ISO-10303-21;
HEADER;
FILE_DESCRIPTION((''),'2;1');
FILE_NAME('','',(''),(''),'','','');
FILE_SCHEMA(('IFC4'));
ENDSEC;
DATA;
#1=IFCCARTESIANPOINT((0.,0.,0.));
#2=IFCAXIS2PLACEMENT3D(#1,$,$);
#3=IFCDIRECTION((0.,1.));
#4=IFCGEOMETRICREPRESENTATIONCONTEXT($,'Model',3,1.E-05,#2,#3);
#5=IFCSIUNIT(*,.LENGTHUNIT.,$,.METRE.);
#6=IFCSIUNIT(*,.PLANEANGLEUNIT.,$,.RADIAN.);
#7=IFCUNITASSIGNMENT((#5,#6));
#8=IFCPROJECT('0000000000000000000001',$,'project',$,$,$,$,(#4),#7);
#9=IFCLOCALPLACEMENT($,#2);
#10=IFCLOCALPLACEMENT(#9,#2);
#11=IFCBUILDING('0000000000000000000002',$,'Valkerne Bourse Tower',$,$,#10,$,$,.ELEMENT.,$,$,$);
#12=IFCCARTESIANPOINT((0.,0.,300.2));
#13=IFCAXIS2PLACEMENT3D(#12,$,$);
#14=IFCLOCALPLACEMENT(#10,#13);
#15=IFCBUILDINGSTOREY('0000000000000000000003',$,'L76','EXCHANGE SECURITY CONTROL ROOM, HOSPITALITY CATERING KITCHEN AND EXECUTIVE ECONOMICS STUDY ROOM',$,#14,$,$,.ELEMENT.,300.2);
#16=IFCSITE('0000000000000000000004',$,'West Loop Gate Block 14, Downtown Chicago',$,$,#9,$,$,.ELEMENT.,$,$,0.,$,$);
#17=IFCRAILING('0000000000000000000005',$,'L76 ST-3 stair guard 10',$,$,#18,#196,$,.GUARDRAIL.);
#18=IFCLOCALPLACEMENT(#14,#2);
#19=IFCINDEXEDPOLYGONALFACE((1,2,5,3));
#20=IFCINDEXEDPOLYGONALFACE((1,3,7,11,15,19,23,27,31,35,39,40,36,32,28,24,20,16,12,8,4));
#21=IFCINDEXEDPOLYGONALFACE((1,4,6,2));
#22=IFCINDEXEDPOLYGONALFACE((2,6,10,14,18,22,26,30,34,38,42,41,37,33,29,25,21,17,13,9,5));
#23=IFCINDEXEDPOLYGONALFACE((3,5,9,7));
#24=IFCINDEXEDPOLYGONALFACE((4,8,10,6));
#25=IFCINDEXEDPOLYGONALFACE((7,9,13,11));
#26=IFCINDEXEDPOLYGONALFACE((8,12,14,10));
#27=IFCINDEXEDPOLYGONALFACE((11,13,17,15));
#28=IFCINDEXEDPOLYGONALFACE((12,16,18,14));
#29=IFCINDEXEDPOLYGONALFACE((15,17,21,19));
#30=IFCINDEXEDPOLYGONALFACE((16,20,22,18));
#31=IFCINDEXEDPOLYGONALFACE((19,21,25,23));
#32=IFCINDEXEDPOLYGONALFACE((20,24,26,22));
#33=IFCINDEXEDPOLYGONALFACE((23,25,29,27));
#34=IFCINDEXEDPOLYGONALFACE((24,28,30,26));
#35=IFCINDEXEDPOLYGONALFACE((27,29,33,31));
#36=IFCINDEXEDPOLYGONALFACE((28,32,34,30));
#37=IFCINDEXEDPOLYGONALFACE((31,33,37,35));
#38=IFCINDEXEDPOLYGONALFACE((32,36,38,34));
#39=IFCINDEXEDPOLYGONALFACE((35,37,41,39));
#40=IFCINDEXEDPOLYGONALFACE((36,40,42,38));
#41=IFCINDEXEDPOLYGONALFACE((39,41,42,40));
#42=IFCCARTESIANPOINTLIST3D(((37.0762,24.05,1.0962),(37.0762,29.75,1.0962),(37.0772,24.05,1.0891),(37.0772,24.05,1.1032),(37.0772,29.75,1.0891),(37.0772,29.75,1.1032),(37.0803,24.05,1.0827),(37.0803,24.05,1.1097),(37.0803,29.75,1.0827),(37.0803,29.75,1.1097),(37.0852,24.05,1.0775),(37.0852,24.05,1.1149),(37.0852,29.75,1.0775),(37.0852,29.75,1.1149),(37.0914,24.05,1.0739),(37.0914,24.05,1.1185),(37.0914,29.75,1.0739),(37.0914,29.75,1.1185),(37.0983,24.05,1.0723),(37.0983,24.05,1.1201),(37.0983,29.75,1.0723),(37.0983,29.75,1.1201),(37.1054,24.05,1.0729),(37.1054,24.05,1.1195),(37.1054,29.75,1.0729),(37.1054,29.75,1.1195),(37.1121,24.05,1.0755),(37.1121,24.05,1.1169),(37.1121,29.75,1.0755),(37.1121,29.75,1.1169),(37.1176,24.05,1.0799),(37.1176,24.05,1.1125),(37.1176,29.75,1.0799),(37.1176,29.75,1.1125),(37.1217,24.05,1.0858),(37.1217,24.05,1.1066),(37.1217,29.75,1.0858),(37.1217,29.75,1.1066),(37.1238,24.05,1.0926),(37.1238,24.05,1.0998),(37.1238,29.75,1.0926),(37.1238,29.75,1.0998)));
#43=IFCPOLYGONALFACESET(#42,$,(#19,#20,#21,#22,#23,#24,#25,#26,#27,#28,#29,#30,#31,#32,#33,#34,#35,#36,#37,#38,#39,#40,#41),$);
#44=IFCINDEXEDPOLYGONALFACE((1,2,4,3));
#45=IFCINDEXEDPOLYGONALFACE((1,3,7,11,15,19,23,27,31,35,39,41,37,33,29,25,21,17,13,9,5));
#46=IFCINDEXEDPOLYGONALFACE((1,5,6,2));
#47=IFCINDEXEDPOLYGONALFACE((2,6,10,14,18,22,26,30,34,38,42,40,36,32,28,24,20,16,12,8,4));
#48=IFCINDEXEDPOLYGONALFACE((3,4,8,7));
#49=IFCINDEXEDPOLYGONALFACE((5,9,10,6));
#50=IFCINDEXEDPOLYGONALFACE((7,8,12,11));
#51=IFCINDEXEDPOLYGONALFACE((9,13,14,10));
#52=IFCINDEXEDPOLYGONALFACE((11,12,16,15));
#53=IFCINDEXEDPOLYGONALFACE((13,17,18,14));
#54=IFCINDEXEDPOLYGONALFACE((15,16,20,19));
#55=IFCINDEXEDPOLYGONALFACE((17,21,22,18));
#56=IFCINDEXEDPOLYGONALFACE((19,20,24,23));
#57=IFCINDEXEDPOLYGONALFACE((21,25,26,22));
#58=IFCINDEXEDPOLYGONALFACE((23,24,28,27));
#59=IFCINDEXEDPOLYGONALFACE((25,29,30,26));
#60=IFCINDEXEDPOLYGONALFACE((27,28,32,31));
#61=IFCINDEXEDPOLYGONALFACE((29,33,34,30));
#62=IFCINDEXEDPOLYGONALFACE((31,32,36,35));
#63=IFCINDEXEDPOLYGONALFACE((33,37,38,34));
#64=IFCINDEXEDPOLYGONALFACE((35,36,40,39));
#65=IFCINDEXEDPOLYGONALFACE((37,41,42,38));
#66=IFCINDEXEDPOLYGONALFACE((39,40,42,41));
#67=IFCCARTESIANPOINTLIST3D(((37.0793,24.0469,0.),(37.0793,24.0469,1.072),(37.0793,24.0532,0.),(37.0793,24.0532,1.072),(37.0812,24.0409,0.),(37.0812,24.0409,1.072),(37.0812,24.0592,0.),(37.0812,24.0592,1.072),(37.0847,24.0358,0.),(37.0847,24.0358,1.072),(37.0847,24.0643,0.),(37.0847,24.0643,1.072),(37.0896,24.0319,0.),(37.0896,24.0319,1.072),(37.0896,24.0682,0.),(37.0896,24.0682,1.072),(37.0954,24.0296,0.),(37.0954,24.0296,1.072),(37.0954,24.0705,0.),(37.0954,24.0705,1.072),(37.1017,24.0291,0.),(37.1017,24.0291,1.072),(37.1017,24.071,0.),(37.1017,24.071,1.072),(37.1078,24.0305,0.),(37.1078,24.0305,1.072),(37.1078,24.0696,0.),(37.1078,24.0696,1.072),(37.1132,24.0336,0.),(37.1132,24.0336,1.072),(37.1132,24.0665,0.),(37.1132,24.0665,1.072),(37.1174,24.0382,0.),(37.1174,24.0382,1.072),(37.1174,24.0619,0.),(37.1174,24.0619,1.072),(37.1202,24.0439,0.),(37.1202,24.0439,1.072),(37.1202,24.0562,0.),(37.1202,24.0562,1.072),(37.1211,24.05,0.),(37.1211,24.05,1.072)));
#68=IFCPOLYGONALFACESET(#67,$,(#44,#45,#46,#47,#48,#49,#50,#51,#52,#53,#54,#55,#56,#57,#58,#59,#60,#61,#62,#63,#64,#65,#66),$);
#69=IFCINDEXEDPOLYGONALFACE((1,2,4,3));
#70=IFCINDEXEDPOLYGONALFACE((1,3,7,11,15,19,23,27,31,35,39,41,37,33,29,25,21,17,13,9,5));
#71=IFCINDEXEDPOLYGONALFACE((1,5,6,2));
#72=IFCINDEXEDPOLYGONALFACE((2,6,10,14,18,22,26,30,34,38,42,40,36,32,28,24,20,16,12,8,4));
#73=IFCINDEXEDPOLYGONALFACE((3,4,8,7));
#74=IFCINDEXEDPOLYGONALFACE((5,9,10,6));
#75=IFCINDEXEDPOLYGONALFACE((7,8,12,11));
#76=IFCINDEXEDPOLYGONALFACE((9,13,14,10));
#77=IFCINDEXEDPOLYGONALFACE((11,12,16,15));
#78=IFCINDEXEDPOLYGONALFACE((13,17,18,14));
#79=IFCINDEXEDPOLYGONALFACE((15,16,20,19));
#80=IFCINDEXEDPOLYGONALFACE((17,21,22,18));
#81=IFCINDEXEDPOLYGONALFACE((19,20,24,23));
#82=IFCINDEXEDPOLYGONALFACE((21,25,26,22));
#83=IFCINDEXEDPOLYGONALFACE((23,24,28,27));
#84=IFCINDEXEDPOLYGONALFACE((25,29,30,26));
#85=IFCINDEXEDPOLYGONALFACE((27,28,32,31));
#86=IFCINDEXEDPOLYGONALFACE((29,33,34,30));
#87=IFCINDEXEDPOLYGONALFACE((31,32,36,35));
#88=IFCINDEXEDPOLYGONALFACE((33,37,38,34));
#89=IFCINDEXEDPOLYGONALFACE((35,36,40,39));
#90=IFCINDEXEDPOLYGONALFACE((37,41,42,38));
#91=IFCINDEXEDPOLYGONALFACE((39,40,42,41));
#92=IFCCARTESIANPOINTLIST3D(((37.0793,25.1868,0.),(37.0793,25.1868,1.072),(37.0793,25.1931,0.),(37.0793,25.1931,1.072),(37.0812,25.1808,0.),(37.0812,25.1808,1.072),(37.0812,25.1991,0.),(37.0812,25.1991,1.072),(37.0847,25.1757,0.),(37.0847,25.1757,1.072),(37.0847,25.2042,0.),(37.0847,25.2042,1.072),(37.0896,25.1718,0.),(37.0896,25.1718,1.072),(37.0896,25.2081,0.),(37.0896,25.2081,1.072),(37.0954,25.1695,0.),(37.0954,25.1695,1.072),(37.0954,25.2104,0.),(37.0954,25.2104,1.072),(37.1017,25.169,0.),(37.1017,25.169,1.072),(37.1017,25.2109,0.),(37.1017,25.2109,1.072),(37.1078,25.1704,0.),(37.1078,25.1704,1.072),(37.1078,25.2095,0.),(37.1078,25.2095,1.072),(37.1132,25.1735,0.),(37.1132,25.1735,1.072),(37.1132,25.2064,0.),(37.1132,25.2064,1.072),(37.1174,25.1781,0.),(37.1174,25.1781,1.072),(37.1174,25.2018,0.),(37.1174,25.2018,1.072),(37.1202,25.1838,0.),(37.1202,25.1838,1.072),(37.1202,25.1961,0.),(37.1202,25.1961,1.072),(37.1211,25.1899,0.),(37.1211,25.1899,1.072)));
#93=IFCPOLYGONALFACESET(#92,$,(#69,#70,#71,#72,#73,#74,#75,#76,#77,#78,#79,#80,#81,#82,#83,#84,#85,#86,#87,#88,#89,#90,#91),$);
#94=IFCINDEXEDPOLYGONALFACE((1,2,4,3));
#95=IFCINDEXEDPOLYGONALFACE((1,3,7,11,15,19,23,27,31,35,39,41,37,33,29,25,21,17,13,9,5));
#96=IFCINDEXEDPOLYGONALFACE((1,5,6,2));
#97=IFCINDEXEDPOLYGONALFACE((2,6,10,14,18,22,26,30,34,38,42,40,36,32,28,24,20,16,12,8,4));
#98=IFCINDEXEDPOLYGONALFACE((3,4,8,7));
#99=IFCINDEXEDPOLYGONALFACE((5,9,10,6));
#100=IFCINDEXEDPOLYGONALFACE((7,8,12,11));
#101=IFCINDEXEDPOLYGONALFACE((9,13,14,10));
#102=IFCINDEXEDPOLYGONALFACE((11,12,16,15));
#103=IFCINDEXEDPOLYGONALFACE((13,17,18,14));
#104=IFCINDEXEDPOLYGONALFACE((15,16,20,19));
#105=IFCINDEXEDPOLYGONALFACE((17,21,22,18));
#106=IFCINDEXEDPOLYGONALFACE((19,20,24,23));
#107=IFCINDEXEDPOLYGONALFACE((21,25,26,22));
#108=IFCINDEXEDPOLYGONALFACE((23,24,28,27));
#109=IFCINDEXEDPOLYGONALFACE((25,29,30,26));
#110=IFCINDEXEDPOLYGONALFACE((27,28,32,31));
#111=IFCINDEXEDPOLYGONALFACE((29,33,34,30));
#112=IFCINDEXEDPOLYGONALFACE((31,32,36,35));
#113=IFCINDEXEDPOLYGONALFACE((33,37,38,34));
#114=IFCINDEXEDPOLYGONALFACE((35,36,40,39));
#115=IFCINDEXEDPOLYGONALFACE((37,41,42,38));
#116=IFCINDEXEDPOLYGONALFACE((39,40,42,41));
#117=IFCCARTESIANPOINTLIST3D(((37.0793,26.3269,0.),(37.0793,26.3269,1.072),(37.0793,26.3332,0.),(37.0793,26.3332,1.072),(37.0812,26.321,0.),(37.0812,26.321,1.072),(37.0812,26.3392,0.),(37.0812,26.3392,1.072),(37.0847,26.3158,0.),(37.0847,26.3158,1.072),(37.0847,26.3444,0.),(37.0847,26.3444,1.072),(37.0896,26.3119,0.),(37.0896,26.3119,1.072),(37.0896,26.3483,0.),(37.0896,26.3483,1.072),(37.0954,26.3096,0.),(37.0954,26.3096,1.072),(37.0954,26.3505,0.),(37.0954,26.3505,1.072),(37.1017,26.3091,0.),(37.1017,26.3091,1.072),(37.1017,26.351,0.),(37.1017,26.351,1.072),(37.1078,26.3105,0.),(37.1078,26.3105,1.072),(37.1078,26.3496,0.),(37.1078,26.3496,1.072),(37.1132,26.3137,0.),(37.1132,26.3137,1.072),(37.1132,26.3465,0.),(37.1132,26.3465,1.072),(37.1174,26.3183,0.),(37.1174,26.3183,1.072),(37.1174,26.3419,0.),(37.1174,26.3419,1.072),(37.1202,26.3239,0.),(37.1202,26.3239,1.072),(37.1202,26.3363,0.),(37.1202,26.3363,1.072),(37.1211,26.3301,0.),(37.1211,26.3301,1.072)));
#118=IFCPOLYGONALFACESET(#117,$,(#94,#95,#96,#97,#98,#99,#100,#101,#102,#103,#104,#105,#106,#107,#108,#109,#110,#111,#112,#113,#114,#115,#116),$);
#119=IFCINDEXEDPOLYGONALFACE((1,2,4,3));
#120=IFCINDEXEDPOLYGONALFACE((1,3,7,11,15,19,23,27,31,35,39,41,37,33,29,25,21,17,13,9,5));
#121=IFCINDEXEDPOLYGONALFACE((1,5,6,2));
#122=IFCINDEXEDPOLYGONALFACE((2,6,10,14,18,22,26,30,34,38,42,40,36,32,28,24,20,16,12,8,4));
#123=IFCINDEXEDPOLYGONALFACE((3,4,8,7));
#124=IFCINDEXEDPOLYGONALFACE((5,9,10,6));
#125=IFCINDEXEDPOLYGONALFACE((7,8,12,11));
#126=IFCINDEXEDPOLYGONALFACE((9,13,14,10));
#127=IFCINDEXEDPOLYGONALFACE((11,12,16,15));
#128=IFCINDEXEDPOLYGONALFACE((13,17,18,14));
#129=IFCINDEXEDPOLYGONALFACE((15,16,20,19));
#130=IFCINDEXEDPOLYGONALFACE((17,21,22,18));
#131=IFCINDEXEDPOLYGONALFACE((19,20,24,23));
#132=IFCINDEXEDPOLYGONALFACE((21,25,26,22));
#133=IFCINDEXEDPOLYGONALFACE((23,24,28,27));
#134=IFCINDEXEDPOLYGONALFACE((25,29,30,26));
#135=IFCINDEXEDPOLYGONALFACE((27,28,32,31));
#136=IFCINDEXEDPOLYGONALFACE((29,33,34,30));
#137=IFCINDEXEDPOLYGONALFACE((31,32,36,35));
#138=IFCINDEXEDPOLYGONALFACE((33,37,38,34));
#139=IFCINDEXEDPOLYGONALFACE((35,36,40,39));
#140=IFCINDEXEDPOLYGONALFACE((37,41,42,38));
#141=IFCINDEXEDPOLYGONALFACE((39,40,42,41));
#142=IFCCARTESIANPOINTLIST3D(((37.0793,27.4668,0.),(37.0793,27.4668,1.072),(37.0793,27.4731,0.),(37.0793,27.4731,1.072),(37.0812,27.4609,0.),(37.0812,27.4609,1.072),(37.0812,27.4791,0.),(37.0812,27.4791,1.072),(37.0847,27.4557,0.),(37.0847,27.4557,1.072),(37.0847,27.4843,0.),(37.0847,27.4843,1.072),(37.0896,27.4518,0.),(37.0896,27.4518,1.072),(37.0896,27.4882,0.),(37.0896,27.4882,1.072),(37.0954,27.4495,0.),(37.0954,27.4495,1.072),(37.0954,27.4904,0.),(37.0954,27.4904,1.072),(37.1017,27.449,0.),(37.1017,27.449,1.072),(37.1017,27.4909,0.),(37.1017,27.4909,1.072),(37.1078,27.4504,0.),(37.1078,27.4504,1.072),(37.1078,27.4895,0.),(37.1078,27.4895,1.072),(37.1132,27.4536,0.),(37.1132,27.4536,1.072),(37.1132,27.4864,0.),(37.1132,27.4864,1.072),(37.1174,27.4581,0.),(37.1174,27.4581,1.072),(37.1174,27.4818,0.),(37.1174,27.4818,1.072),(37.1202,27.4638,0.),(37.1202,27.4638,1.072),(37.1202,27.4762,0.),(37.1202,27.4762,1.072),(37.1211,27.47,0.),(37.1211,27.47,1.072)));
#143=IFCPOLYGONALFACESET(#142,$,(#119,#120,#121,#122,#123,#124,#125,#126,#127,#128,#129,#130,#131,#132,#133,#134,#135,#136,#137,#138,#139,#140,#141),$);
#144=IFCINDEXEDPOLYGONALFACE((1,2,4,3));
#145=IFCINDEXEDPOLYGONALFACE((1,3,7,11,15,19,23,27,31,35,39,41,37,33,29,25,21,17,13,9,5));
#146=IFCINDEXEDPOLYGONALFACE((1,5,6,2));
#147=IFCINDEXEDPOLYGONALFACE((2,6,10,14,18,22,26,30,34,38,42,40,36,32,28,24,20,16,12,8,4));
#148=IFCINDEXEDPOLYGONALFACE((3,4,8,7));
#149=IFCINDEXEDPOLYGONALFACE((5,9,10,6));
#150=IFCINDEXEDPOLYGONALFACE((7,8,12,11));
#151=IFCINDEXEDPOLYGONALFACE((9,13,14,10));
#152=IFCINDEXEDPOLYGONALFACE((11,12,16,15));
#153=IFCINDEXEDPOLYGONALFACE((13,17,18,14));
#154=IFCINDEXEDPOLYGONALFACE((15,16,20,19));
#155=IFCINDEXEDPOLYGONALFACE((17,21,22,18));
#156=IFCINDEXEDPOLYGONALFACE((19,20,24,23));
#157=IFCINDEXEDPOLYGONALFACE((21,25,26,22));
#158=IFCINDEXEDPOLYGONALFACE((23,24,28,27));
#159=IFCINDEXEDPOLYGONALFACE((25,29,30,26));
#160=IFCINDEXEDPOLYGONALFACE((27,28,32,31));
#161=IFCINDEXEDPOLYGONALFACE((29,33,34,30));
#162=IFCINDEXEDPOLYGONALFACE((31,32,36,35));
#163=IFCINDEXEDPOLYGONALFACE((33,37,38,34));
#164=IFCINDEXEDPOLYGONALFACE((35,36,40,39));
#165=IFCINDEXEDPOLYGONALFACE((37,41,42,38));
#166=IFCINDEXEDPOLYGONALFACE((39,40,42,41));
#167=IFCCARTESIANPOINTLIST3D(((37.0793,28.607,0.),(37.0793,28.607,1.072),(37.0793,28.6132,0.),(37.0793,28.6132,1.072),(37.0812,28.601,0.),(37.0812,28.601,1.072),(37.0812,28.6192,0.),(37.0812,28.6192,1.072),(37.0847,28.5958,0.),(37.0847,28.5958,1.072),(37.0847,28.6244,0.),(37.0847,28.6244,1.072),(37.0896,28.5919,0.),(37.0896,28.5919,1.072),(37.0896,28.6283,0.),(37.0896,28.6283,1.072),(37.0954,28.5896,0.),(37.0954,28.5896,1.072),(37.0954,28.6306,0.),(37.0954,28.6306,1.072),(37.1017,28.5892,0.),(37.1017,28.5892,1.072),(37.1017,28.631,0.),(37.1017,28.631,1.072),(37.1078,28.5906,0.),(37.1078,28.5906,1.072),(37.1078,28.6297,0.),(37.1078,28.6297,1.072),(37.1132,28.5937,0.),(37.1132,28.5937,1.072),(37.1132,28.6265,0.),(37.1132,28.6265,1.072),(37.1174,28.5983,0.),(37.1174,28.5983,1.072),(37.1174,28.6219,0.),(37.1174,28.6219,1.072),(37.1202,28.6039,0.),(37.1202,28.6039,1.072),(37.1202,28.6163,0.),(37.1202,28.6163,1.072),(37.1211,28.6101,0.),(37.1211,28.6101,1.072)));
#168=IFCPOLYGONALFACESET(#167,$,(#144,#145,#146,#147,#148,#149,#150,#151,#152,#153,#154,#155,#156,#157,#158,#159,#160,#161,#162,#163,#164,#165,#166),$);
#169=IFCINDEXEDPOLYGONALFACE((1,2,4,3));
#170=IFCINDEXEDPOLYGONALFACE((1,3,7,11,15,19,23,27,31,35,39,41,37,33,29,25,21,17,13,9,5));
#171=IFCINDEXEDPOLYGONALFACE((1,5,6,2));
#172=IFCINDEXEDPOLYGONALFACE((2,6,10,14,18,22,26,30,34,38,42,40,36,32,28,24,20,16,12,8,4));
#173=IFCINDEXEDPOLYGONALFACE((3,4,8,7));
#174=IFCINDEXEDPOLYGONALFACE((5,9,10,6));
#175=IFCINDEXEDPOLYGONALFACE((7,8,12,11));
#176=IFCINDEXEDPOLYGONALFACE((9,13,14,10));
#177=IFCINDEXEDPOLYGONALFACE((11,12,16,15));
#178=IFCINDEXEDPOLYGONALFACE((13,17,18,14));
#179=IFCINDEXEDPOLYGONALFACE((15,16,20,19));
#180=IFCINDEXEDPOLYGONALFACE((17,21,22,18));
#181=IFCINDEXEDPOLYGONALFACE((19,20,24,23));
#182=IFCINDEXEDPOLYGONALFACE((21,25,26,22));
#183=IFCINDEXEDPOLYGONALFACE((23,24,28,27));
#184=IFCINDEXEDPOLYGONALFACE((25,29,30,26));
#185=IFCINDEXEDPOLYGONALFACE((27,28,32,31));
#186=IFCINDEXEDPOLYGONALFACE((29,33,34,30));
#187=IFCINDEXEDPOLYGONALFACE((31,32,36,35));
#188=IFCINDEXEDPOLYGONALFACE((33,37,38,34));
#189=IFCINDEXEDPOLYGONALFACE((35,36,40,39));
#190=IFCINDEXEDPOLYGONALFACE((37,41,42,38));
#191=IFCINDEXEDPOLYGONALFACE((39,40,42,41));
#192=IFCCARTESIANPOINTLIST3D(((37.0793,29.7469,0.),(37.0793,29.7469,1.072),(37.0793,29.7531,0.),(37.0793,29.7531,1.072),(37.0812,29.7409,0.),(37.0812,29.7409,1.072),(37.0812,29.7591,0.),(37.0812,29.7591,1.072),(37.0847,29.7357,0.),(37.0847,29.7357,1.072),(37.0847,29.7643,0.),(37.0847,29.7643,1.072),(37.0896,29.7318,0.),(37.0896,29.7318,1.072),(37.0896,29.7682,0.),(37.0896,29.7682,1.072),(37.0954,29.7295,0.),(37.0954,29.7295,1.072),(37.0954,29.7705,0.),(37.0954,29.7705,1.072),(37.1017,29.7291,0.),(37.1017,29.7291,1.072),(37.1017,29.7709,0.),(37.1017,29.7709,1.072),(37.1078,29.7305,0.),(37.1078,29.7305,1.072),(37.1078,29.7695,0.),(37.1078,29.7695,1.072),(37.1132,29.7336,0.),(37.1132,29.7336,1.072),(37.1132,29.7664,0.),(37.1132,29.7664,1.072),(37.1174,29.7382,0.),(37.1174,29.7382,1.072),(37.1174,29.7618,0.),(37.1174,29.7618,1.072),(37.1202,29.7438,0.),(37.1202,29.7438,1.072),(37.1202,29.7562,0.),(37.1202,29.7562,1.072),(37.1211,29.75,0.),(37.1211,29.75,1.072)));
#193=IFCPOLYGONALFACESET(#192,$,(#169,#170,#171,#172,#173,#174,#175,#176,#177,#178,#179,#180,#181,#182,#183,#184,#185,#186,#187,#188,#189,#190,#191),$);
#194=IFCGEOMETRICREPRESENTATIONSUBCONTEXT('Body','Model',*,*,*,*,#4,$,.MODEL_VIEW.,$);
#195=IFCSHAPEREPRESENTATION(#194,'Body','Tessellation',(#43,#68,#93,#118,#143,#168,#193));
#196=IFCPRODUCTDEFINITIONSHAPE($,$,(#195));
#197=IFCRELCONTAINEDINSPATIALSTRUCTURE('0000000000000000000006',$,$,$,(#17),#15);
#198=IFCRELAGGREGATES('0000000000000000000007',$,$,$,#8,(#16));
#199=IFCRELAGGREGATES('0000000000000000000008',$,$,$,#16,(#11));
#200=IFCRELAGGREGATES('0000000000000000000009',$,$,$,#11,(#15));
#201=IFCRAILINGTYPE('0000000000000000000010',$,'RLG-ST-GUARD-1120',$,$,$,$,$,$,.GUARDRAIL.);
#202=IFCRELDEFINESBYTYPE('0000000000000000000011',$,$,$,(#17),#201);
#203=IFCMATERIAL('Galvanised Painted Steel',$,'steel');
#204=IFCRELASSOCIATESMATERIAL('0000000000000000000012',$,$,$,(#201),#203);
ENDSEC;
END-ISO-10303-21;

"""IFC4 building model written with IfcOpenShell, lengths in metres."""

from ifc_helpers import new_model, si_unit, direction, frame, origin, origin_2d, place, context, subcontext, project, spatial, circle, extrude, material, type_object, element, save


model = new_model("IFC4")

# Units and contexts
model_context = context("Model", 3, precision=1e-05, world=origin(), true_north=direction((0.0, 1.0)))
body_context = subcontext(model_context, "Body", "Model", "MODEL_VIEW")
ifc_project = project(units=[si_unit("LENGTHUNIT", "METRE"), si_unit("PLANEANGLEUNIT", "RADIAN")], contexts=[model_context])

# Site, building, storey
site_placement = place(None, origin())
site = spatial("IfcSite", under=ifc_project, at=site_placement, Name="West Loop Gate Block 14, Downtown Chicago", CompositionType="ELEMENT", RefElevation=0.0)
building_placement = place(site_placement, origin())
building = spatial("IfcBuilding", under=site, at=building_placement, Name="Valkerne Bourse Tower", CompositionType="ELEMENT")
storey_placement = place(building_placement, frame((0.0, 0.0, 300.2)))
storey = spatial("IfcBuildingStorey", under=building, at=storey_placement, Name="L76", Description="EXCHANGE SECURITY CONTROL ROOM, HOSPITALITY CATERING KITCHEN AND EXECUTIVE ECONOMICS STUDY ROOM", CompositionType="ELEMENT", Elevation=300.2)

# Railing
ifc_material_1 = material(Name="Galvanised Painted Steel", Category="steel")
railing_type_1 = type_object("IfcRailingType", Name="RLG-ST-GUARD-1120", PredefinedType="GUARDRAIL", material=ifc_material_1)
railing_1_placement = place(storey_placement, frame((37.1001, 24.05, 0.0)))
element("IfcRailing", 1, at=railing_1_placement, inside=storey, type_object=railing_type_1, Name="L76 ST-3 stair guard 10", PredefinedType="GUARDRAIL", context=body_context, shape_type="SweptSolid", body=[
    extrude(circle(Radius=0.0239, at=origin_2d()), frame((0.0, 0.0, 1.0962), z_axis=(0.0, 1.0, 0.0), x_axis=(-1.0, 0.0, 0.0)), (0.0, 0.0, 1.0), 5.7),
    extrude(circle(Radius=0.021, at=origin_2d()), origin(), (0.0, 0.0, 1.0), 1.072),
    extrude(circle(Radius=0.021, at=origin_2d()), frame((0.0, 1.1399, 0.0)), (0.0, 0.0, 1.0), 1.072),
    extrude(circle(Radius=0.021, at=origin_2d()), frame((0.0, 2.28, 0.0)), (0.0, 0.0, 1.0), 1.072),
    extrude(circle(Radius=0.021, at=origin_2d()), frame((0.0, 3.4199, 0.0)), (0.0, 0.0, 1.0), 1.072),
    extrude(circle(Radius=0.021, at=origin_2d()), frame((0.0, 4.5601, 0.0)), (0.0, 0.0, 1.0), 1.072),
    extrude(circle(Radius=0.021, at=origin_2d()), frame((0.0, 5.7, 0.0)), (0.0, 0.0, 1.0), 1.072),
])

save(model, "model.ifc")
